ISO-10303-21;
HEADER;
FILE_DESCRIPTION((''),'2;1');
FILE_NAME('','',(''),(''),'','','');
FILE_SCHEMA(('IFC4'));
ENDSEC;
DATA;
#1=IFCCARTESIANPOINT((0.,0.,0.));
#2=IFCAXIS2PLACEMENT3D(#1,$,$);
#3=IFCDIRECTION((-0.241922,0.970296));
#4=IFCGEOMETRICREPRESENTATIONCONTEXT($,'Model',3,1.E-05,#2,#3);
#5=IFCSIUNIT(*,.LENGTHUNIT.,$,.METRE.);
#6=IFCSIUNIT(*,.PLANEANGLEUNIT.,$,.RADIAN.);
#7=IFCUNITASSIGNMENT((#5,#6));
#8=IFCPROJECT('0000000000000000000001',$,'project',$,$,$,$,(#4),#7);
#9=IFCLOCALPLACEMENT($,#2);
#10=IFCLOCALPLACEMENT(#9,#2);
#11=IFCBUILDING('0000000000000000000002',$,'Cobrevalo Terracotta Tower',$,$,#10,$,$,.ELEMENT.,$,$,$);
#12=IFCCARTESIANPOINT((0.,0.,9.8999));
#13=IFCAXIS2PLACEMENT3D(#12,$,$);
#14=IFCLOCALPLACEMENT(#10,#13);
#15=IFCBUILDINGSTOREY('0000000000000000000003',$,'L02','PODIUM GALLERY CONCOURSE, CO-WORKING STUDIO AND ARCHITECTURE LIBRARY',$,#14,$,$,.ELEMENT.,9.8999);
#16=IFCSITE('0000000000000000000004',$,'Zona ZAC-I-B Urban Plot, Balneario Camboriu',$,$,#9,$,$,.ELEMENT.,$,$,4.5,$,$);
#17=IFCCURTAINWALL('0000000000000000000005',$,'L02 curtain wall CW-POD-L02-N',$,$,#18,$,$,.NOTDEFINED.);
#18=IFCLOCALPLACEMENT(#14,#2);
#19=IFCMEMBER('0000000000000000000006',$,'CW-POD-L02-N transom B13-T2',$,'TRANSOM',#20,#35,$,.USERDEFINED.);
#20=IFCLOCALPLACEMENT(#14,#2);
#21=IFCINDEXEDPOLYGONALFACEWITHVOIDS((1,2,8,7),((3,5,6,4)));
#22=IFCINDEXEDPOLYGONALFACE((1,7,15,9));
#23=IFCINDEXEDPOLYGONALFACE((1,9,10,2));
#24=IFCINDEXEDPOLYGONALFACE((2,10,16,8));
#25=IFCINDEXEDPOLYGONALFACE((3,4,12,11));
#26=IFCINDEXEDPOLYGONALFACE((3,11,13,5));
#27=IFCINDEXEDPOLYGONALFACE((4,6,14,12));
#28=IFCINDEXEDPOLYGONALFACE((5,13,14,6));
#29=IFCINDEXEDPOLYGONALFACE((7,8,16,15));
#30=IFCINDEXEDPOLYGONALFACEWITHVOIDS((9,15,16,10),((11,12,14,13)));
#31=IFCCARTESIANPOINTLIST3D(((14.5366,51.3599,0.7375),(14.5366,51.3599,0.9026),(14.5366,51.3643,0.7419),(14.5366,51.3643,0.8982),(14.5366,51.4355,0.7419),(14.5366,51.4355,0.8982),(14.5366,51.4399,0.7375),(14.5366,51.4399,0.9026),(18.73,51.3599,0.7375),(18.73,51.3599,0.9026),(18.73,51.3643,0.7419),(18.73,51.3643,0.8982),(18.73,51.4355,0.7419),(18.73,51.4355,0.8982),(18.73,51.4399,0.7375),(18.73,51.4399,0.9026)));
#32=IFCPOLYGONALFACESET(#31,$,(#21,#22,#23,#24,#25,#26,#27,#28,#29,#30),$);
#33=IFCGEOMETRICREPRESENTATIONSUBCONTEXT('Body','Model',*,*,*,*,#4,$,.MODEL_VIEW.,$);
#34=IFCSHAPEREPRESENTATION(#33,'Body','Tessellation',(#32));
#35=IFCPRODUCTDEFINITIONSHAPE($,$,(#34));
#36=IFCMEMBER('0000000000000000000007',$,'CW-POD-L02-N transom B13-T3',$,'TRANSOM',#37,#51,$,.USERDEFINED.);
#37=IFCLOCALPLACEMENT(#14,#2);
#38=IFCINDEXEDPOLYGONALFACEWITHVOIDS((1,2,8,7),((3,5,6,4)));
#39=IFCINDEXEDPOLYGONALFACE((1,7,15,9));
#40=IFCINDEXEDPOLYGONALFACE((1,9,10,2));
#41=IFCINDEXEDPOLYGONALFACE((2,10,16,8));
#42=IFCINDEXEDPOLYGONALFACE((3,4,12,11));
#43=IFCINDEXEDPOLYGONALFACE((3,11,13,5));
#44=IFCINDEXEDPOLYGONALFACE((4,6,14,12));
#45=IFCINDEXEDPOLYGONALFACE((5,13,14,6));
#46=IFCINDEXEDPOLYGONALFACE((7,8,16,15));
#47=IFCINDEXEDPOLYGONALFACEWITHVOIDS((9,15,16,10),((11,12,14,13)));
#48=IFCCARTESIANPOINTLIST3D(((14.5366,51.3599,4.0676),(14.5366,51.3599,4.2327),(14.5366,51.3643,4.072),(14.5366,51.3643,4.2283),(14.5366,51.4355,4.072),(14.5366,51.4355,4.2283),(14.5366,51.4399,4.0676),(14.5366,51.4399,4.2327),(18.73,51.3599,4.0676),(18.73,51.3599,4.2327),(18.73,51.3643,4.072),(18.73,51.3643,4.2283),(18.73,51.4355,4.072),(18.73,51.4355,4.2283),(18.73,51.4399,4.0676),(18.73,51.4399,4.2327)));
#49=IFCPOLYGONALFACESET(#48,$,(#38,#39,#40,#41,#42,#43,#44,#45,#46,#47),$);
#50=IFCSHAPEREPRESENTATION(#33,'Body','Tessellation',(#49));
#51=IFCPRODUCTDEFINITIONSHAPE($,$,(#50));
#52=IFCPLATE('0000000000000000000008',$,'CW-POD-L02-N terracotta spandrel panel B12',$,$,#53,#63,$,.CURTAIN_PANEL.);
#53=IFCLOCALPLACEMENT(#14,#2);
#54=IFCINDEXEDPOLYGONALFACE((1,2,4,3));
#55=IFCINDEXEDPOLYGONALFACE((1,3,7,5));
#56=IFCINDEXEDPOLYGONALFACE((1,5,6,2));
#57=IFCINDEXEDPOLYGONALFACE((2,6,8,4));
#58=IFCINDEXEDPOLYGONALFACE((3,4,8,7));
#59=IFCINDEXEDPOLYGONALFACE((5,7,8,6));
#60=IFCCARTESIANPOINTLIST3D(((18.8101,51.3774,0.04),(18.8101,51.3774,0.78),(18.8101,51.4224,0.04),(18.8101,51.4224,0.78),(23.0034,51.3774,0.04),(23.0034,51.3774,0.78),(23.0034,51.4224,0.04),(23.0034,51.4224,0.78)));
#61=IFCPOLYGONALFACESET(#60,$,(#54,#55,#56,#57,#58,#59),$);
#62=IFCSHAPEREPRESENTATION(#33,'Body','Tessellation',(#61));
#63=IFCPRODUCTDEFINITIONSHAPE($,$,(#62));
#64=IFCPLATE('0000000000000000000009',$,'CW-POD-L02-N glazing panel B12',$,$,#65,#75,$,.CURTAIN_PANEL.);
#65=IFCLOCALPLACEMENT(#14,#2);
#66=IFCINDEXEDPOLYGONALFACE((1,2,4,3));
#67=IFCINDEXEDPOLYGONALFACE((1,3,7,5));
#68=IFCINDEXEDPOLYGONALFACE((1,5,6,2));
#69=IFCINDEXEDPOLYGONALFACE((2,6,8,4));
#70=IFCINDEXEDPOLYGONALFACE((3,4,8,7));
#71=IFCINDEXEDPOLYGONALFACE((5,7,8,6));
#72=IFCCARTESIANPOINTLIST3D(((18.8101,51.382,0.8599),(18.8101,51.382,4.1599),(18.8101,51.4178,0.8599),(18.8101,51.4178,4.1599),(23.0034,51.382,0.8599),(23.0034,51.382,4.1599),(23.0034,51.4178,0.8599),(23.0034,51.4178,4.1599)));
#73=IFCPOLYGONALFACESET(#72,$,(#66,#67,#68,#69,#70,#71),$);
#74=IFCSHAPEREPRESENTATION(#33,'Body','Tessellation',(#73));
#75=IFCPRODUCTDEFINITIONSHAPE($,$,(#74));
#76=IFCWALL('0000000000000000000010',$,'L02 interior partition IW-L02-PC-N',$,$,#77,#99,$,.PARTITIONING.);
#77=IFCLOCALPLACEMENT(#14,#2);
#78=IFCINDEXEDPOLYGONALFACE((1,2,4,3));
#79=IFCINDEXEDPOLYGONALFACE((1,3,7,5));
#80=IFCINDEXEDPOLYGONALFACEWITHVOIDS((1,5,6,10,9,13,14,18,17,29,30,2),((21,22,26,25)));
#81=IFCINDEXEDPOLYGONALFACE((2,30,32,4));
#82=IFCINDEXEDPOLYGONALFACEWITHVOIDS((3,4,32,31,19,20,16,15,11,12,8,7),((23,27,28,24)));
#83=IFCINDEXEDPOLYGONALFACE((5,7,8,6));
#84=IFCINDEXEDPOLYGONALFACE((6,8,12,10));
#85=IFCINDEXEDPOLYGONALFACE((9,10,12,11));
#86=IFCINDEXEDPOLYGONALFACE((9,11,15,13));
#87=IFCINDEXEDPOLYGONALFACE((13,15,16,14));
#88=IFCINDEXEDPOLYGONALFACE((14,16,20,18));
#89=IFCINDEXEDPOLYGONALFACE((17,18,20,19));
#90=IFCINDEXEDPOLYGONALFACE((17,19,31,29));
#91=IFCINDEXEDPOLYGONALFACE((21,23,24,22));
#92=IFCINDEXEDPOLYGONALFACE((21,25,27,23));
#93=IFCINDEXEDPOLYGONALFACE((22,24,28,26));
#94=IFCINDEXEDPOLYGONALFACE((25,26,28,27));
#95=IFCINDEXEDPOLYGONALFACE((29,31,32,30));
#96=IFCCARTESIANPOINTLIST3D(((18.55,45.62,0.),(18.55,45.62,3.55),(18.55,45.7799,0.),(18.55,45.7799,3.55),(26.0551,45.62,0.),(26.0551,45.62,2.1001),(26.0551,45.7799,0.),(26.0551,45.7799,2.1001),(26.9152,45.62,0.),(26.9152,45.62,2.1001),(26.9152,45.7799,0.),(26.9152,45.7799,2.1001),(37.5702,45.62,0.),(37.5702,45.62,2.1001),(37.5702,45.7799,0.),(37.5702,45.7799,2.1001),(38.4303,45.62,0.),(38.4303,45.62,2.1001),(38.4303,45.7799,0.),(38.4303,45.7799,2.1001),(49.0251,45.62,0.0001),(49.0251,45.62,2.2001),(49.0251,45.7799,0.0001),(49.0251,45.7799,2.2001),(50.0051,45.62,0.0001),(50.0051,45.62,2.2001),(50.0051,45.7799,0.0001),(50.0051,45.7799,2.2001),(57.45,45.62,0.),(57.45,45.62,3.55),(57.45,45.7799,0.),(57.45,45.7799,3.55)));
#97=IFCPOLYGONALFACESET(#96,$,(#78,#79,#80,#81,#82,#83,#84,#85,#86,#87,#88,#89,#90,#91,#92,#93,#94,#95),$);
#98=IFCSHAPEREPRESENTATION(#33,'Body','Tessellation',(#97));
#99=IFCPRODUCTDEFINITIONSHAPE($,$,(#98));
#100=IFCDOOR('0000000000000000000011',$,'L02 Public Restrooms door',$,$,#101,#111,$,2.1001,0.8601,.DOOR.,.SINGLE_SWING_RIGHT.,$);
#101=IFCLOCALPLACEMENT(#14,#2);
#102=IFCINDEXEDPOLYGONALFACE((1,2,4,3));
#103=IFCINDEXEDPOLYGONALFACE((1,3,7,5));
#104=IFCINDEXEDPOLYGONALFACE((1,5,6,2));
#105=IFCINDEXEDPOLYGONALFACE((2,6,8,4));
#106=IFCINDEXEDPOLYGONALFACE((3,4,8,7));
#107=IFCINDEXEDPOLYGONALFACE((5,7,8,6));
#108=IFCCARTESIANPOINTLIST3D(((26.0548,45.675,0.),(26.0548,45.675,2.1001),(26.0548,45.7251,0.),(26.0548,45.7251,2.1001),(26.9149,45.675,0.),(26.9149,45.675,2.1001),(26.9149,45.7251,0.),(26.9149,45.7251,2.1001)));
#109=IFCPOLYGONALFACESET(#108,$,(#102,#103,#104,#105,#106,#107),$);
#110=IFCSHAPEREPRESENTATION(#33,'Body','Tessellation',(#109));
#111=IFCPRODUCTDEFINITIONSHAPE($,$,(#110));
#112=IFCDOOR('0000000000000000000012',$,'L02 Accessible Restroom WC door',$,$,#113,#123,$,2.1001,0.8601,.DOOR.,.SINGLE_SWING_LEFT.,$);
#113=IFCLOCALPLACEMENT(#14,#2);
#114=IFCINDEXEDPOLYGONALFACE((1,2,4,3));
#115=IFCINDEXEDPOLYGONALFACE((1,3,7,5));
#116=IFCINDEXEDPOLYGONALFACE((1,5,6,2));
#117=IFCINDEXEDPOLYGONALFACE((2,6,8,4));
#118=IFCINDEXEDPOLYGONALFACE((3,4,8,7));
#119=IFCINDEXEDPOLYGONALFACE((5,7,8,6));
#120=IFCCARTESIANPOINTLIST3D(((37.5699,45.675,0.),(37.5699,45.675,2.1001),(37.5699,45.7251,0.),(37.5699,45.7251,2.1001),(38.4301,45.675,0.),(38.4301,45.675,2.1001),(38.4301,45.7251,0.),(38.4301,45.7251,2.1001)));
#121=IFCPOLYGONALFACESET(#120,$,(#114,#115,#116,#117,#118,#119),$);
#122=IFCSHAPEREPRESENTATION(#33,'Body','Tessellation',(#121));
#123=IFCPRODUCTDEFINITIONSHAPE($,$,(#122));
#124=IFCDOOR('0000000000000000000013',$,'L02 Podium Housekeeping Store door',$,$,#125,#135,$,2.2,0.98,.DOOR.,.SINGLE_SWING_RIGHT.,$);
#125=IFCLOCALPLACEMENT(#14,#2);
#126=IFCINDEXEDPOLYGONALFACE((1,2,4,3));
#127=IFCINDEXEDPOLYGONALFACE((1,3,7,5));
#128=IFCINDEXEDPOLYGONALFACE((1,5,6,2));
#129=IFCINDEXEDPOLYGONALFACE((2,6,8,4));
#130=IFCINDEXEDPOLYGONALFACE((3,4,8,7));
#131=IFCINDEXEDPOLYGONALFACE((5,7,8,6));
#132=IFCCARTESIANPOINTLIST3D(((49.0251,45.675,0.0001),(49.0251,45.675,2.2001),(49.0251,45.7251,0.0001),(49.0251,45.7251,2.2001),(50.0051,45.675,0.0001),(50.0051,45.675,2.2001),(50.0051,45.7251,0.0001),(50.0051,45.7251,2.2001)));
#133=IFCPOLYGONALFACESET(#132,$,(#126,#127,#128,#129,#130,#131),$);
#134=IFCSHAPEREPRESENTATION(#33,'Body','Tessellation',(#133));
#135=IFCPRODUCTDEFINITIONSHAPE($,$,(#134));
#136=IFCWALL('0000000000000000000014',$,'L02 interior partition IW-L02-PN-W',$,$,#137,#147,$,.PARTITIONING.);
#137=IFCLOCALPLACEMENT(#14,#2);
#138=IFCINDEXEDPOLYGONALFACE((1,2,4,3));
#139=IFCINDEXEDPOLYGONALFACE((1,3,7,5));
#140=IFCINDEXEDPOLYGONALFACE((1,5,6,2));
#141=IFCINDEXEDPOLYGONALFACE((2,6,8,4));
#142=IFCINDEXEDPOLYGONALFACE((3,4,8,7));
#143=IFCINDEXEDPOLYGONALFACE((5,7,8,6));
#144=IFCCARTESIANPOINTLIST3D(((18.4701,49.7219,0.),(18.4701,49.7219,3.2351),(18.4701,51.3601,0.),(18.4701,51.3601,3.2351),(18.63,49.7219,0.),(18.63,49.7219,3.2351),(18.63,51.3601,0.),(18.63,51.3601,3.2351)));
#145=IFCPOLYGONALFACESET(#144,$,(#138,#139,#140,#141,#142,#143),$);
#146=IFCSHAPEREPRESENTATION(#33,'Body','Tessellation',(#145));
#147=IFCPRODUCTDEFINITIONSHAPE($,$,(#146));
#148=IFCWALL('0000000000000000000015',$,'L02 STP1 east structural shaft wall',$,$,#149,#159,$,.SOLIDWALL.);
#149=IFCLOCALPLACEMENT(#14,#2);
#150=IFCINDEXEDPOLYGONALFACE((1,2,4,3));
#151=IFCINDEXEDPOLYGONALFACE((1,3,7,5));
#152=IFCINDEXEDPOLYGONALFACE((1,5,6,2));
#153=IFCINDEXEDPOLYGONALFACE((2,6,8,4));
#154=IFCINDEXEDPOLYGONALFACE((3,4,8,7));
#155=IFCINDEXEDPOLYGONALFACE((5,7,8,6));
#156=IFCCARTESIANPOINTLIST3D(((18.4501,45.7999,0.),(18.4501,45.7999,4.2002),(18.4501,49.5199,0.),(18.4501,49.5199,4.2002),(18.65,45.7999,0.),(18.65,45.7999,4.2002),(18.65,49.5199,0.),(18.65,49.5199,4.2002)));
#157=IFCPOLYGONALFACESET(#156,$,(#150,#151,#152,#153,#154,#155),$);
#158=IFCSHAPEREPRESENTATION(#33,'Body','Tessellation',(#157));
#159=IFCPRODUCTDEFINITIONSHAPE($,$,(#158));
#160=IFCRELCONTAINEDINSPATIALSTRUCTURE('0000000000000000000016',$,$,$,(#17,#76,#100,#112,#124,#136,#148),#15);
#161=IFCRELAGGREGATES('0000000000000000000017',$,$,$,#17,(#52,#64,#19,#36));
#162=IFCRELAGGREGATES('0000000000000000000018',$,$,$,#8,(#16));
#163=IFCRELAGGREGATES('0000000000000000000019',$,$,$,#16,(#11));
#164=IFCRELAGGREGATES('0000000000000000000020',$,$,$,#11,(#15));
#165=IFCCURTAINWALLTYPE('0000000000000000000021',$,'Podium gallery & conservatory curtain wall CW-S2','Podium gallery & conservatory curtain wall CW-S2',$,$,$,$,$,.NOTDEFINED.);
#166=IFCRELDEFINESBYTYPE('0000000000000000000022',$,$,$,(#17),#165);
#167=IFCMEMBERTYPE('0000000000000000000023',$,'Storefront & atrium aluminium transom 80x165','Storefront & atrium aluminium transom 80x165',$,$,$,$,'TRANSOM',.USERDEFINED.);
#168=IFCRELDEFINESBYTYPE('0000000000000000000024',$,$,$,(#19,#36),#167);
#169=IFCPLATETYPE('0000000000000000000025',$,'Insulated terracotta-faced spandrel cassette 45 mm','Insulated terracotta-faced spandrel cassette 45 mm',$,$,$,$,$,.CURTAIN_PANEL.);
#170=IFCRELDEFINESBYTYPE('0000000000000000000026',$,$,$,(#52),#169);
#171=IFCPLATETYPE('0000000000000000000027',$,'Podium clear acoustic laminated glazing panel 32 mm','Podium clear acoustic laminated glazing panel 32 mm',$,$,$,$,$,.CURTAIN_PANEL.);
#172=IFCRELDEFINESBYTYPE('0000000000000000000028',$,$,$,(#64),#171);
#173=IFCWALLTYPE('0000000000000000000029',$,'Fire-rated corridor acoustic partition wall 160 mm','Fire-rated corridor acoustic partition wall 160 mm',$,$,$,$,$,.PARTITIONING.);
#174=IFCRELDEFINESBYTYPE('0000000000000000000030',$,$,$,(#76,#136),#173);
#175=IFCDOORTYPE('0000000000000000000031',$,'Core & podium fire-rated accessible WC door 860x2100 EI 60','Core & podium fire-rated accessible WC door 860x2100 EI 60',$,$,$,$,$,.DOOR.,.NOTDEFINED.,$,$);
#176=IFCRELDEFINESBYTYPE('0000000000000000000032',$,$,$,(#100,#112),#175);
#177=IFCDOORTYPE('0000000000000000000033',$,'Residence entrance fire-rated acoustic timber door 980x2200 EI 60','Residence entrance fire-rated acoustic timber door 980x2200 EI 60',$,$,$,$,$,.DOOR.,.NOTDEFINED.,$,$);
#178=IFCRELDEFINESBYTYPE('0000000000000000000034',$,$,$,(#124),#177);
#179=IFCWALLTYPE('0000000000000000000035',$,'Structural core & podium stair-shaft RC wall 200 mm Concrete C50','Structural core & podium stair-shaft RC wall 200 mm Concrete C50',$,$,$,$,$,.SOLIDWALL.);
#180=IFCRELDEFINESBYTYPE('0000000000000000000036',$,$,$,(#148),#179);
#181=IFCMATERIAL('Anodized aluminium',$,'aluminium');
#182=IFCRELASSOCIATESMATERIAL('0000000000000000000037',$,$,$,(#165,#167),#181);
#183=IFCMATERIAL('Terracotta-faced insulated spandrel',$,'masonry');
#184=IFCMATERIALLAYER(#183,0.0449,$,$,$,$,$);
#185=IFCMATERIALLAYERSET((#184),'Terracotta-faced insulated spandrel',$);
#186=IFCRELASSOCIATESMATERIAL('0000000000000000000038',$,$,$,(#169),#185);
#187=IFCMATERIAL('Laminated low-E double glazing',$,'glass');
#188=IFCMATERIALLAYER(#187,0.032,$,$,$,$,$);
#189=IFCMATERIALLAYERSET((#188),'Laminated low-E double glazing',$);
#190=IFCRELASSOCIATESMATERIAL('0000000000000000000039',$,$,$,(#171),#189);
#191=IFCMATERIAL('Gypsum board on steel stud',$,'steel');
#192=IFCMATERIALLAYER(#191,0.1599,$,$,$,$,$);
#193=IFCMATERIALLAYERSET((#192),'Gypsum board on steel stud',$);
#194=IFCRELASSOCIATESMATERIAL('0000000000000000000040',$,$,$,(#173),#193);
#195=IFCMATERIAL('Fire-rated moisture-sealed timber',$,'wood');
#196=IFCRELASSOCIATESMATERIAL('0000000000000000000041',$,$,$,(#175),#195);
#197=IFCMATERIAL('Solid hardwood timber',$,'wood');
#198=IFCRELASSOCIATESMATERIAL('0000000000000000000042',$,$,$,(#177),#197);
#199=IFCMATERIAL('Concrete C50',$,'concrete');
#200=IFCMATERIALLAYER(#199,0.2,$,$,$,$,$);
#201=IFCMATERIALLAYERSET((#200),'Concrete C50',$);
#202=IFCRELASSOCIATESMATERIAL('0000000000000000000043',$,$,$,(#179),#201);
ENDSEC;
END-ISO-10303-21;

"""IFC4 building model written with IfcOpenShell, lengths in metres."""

from ifc_helpers import new_model, si_unit, direction, frame, frame_2d, origin, origin_2d, place, context, subcontext, project, spatial, rectangle, hollow_rectangle, extrude, source, transform, mapped, material, layer, layer_set, material_profile, profile_set, type_object, element, fill, aggregate, save


model = new_model("IFC4")

# Units and contexts
model_context = context("Model", 3, precision=1e-05, world=origin(), true_north=direction((-0.241922, 0.970296)))
body_context = subcontext(model_context, "Body", "Model", "MODEL_VIEW")
ifc_project = project(units=[si_unit("LENGTHUNIT", "METRE"), si_unit("PLANEANGLEUNIT", "RADIAN")], contexts=[model_context])

# Site, building, storey
site_placement = place(None, origin())
site = spatial("IfcSite", under=ifc_project, at=site_placement, Name="Zona ZAC-I-B Urban Plot, Balneario Camboriu", CompositionType="ELEMENT", RefElevation=4.5)
building_placement = place(site_placement, origin())
building = spatial("IfcBuilding", under=site, at=building_placement, Name="Cobrevalo Terracotta Tower", CompositionType="ELEMENT")
storey_placement = place(building_placement, frame((0.0, 0.0, 9.8999)))
storey = spatial("IfcBuildingStorey", under=building, at=storey_placement, Name="L02", Description="PODIUM GALLERY CONCOURSE, CO-WORKING STUDIO AND ARCHITECTURE LIBRARY", CompositionType="ELEMENT", Elevation=9.8999)

# Shared definitions
ifc_material_1 = material(Name="Concrete C50", Category="concrete")

# Curtain wall, members, plates
ifc_material_2 = material(Name="Anodized aluminium", Category="aluminium")
curtain_wall_type = type_object("IfcCurtainWallType", Name="Podium gallery & conservatory curtain wall CW-S2", Description="Podium gallery & conservatory curtain wall CW-S2", PredefinedType="NOTDEFINED", material=ifc_material_2)
curtain_wall_placement = place(storey_placement, origin())
curtain_wall = element("IfcCurtainWall", 1, at=curtain_wall_placement, inside=storey, type_object=curtain_wall_type, Name="L02 curtain wall CW-POD-L02-N", PredefinedType="NOTDEFINED")
ifc_material_profile_1 = material_profile(ifc_material_2, hollow_rectangle(XDim=0.0801, YDim=0.165, WallThickness=0.0044, at=origin_2d()), Name="CWT 80x165")
ifc_profile_set_1 = profile_set([ifc_material_profile_1], Name="Anodized aluminium")
member_type_1 = type_object("IfcMemberType", Name="Storefront & atrium aluminium transom 80x165", Description="Storefront & atrium aluminium transom 80x165", ElementType="TRANSOM", PredefinedType="USERDEFINED", material=ifc_profile_set_1)
shared_shape_1 = source(origin(), body_context, "Body", "SweptSolid", [
    extrude(hollow_rectangle(XDim=0.0801, YDim=0.165, WallThickness=0.0044, at=origin_2d()), origin(), (0.0, 0.0, 1.0), 4.1934),
])
member_1_placement = place(storey_placement, frame((18.73, 51.3999, 0.8201), z_axis=(-1.0, 0.0, 0.0), x_axis=(0.0, -1.0, 0.0)))
member_1 = element("IfcMember", 2, at=member_1_placement, type_object=member_type_1, Name="CW-POD-L02-N transom B13-T2", ObjectType="TRANSOM", PredefinedType="USERDEFINED", context=body_context, shape_type="MappedRepresentation", body=[
    mapped(shared_shape_1, transform((0.0, 0.0, 0.0), scale=1.0)),
])
member_2_placement = place(storey_placement, frame((18.73, 51.3999, 4.1501), z_axis=(-1.0, 0.0, 0.0), x_axis=(0.0, -1.0, 0.0)))
member_2 = element("IfcMember", 3, at=member_2_placement, type_object=member_type_1, Name="CW-POD-L02-N transom B13-T3", ObjectType="TRANSOM", PredefinedType="USERDEFINED", context=body_context, shape_type="MappedRepresentation", body=[
    mapped(shared_shape_1, transform((0.0, 0.0, 0.0), scale=1.0)),
])
ifc_material_3 = material(Name="Terracotta-faced insulated spandrel", Category="masonry")
ifc_layer_1 = layer(ifc_material_3, 0.0449)
ifc_layer_set_1 = layer_set([ifc_layer_1], Name="Terracotta-faced insulated spandrel")
plate_type_1 = type_object("IfcPlateType", Name="Insulated terracotta-faced spandrel cassette 45 mm", Description="Insulated terracotta-faced spandrel cassette 45 mm", PredefinedType="CURTAIN_PANEL", material=ifc_layer_set_1)
shared_shape_2 = source(origin(), body_context, "Body", "SweptSolid", [
    extrude(rectangle(XDim=4.1934, YDim=0.0449, at=origin_2d()), origin(), (0.0, 0.0, 1.0), 0.74),
])
plate_1_placement = place(storey_placement, frame((20.9067, 51.3999, 0.04), z_axis=(0.0, 0.0, 1.0), x_axis=(-1.0, 0.0, 0.0)))
plate_1 = element("IfcPlate", 4, at=plate_1_placement, type_object=plate_type_1, Name="CW-POD-L02-N terracotta spandrel panel B12", PredefinedType="CURTAIN_PANEL", context=body_context, shape_type="MappedRepresentation", body=[
    mapped(shared_shape_2, transform((0.0, 0.0, 0.0), scale=1.0)),
])
ifc_material_4 = material(Name="Laminated low-E double glazing", Category="glass")
ifc_layer_2 = layer(ifc_material_4, 0.032)
ifc_layer_set_2 = layer_set([ifc_layer_2], Name="Laminated low-E double glazing")
plate_type_2 = type_object("IfcPlateType", Name="Podium clear acoustic laminated glazing panel 32 mm", Description="Podium clear acoustic laminated glazing panel 32 mm", PredefinedType="CURTAIN_PANEL", material=ifc_layer_set_2)
shared_shape_3 = source(origin(), body_context, "Body", "SweptSolid", [
    extrude(rectangle(XDim=4.1934, YDim=0.0359, at=origin_2d()), origin(), (0.0, 0.0, 1.0), 3.3),
])
plate_2_placement = place(storey_placement, frame((20.9067, 51.3999, 0.8599), z_axis=(0.0, 0.0, 1.0), x_axis=(-1.0, 0.0, 0.0)))
plate_2 = element("IfcPlate", 5, at=plate_2_placement, type_object=plate_type_2, Name="CW-POD-L02-N glazing panel B12", PredefinedType="CURTAIN_PANEL", context=body_context, shape_type="MappedRepresentation", body=[
    mapped(shared_shape_3, transform((0.0, 0.0, 0.0), scale=1.0)),
])
aggregate(curtain_wall, [plate_1, plate_2, member_1, member_2])

# Wall, openings, doors
ifc_material_5 = material(Name="Gypsum board on steel stud", Category="steel")
ifc_layer_3 = layer(ifc_material_5, 0.1599)
ifc_layer_set_3 = layer_set([ifc_layer_3], Name="Gypsum board on steel stud")
wall_type_1 = type_object("IfcWallType", Name="Fire-rated corridor acoustic partition wall 160 mm", Description="Fire-rated corridor acoustic partition wall 160 mm", PredefinedType="PARTITIONING", material=ifc_layer_set_3)
wall_1_placement = place(storey_placement, frame((18.55, 45.7, 0.0), z_axis=(0.0, 0.0, 1.0), x_axis=(1.0, 0.0, 0.0)))
wall_1 = element("IfcWall", 6, at=wall_1_placement, inside=storey, type_object=wall_type_1, Name="L02 interior partition IW-L02-PC-N", PredefinedType="PARTITIONING", context=body_context, shape_type="SweptSolid", body=[
    extrude(rectangle(XDim=38.8999, YDim=0.1599, at=frame_2d((19.45, 0.0))), origin(), (0.0, 0.0, 1.0), 3.55),
])
opening_1_placement = place(wall_1_placement, frame((7.5049, 0.0, 0.0)))
opening_1 = element("IfcOpeningElement", 7, at=opening_1_placement, cuts=wall_1, PredefinedType="OPENING", context=body_context, shape_type="SweptSolid", body=[
    extrude(rectangle(XDim=0.8601, YDim=2.1001, at=frame_2d((0.4302, 1.05))), frame((0.0, 0.0898, 0.0), z_axis=(0.0, -1.0, 0.0), x_axis=(1.0, 0.0, 0.0)), (0.0, 0.0, 1.0), 0.1799),
])
opening_2_placement = place(wall_1_placement, frame((19.02, 0.0, 0.0)))
opening_2 = element("IfcOpeningElement", 8, at=opening_2_placement, cuts=wall_1, PredefinedType="OPENING", context=body_context, shape_type="SweptSolid", body=[
    extrude(rectangle(XDim=0.8601, YDim=2.1001, at=frame_2d((0.4302, 1.05))), frame((0.0, 0.0898, 0.0), z_axis=(0.0, -1.0, 0.0), x_axis=(1.0, 0.0, 0.0)), (0.0, 0.0, 1.0), 0.1799),
])
opening_3_placement = place(wall_1_placement, frame((30.4751, 0.0, 0.0)))
opening_3 = element("IfcOpeningElement", 9, at=opening_3_placement, cuts=wall_1, PredefinedType="OPENING", context=body_context, shape_type="SweptSolid", body=[
    extrude(rectangle(XDim=0.98, YDim=2.2, at=frame_2d((0.49, 1.1001))), frame((0.0, 0.0898, 0.0), z_axis=(0.0, -1.0, 0.0), x_axis=(1.0, 0.0, 0.0)), (0.0, 0.0, 1.0), 0.1799),
])
ifc_material_6 = material(Name="Fire-rated moisture-sealed timber", Category="wood")
door_type_1 = type_object("IfcDoorType", Name="Core & podium fire-rated accessible WC door 860x2100 EI 60", Description="Core & podium fire-rated accessible WC door 860x2100 EI 60", OperationType="NOTDEFINED", PredefinedType="DOOR", material=ifc_material_6)
shared_shape_4 = source(origin(), body_context, "Body", "SweptSolid", [
    extrude(rectangle(XDim=0.8601, YDim=2.1001, at=frame_2d((0.4302, 1.05))), frame((0.0, 0.0249, 0.0), z_axis=(0.0, -1.0, 0.0), x_axis=(1.0, 0.0, 0.0)), (0.0, 0.0, 1.0), 0.05),
])
door_1_placement = place(opening_1_placement, frame((0.8601, 0.0, 0.0), z_axis=(0.0, 0.0, 1.0), x_axis=(-1.0, 0.0, 0.0)))
door_1 = element("IfcDoor", 10, at=door_1_placement, inside=storey, type_object=door_type_1, Name="L02 Public Restrooms door", OperationType="SINGLE_SWING_RIGHT", OverallHeight=2.1001, OverallWidth=0.8601, PredefinedType="DOOR", context=body_context, shape_type="MappedRepresentation", body=[
    mapped(shared_shape_4, transform((0.0, 0.0, 0.0), scale=1.0)),
])
fill(opening_1, door_1)
door_2_placement = place(opening_2_placement, frame((0.8601, 0.0, 0.0), z_axis=(0.0, 0.0, 1.0), x_axis=(-1.0, 0.0, 0.0)))
door_2 = element("IfcDoor", 11, at=door_2_placement, inside=storey, type_object=door_type_1, Name="L02 Accessible Restroom WC door", OperationType="SINGLE_SWING_LEFT", OverallHeight=2.1001, OverallWidth=0.8601, PredefinedType="DOOR", context=body_context, shape_type="MappedRepresentation", body=[
    mapped(shared_shape_4, transform((0.0, 0.0, 0.0), scale=1.0)),
])
fill(opening_2, door_2)
ifc_material_7 = material(Name="Solid hardwood timber", Category="wood")
door_type_2 = type_object("IfcDoorType", Name="Residence entrance fire-rated acoustic timber door 980x2200 EI 60", Description="Residence entrance fire-rated acoustic timber door 980x2200 EI 60", OperationType="NOTDEFINED", PredefinedType="DOOR", material=ifc_material_7)
shared_shape_5 = source(origin(), body_context, "Body", "SweptSolid", [
    extrude(rectangle(XDim=0.98, YDim=2.2, at=frame_2d((0.49, 1.1001))), frame((0.0, 0.0249, 0.0), z_axis=(0.0, -1.0, 0.0), x_axis=(1.0, 0.0, 0.0)), (0.0, 0.0, 1.0), 0.05),
])
door_3_placement = place(opening_3_placement, frame((0.98, 0.0, 0.0), z_axis=(0.0, 0.0, 1.0), x_axis=(-1.0, 0.0, 0.0)))
door_3 = element("IfcDoor", 12, at=door_3_placement, inside=storey, type_object=door_type_2, Name="L02 Podium Housekeeping Store door", OperationType="SINGLE_SWING_RIGHT", OverallHeight=2.2, OverallWidth=0.98, PredefinedType="DOOR", context=body_context, shape_type="MappedRepresentation", body=[
    mapped(shared_shape_5, transform((0.0, 0.0, 0.0), scale=1.0)),
])
fill(opening_3, door_3)

# Walls
wall_2_placement = place(storey_placement, frame((18.55, 49.7219, 0.0), z_axis=(0.0, 0.0, 1.0), x_axis=(0.0, 1.0, 0.0)))
element("IfcWall", 13, at=wall_2_placement, inside=storey, type_object=wall_type_1, Name="L02 interior partition IW-L02-PN-W", PredefinedType="PARTITIONING", context=body_context, shape_type="SweptSolid", body=[
    extrude(rectangle(XDim=1.6382, YDim=0.1599, at=frame_2d((0.8191, 0.0))), origin(), (0.0, 0.0, 1.0), 3.2351),
])
ifc_layer_4 = layer(ifc_material_1, 0.2)
ifc_layer_set_4 = layer_set([ifc_layer_4], Name="Concrete C50")
wall_type_2 = type_object("IfcWallType", Name="Structural core & podium stair-shaft RC wall 200 mm Concrete C50", Description="Structural core & podium stair-shaft RC wall 200 mm Concrete C50", PredefinedType="SOLIDWALL", material=ifc_layer_set_4)
wall_3_placement = place(storey_placement, frame((18.55, 45.8, 0.0), z_axis=(0.0, 0.0, 1.0), x_axis=(0.0, 1.0, 0.0)))
element("IfcWall", 14, at=wall_3_placement, inside=storey, type_object=wall_type_2, Name="L02 STP1 east structural shaft wall", PredefinedType="SOLIDWALL", context=body_context, shape_type="SweptSolid", body=[
    extrude(rectangle(XDim=3.72, YDim=0.2, at=frame_2d((1.8599, 0.0))), origin(), (0.0, 0.0, 1.0), 4.2002),
])

save(model, "model.ifc")
